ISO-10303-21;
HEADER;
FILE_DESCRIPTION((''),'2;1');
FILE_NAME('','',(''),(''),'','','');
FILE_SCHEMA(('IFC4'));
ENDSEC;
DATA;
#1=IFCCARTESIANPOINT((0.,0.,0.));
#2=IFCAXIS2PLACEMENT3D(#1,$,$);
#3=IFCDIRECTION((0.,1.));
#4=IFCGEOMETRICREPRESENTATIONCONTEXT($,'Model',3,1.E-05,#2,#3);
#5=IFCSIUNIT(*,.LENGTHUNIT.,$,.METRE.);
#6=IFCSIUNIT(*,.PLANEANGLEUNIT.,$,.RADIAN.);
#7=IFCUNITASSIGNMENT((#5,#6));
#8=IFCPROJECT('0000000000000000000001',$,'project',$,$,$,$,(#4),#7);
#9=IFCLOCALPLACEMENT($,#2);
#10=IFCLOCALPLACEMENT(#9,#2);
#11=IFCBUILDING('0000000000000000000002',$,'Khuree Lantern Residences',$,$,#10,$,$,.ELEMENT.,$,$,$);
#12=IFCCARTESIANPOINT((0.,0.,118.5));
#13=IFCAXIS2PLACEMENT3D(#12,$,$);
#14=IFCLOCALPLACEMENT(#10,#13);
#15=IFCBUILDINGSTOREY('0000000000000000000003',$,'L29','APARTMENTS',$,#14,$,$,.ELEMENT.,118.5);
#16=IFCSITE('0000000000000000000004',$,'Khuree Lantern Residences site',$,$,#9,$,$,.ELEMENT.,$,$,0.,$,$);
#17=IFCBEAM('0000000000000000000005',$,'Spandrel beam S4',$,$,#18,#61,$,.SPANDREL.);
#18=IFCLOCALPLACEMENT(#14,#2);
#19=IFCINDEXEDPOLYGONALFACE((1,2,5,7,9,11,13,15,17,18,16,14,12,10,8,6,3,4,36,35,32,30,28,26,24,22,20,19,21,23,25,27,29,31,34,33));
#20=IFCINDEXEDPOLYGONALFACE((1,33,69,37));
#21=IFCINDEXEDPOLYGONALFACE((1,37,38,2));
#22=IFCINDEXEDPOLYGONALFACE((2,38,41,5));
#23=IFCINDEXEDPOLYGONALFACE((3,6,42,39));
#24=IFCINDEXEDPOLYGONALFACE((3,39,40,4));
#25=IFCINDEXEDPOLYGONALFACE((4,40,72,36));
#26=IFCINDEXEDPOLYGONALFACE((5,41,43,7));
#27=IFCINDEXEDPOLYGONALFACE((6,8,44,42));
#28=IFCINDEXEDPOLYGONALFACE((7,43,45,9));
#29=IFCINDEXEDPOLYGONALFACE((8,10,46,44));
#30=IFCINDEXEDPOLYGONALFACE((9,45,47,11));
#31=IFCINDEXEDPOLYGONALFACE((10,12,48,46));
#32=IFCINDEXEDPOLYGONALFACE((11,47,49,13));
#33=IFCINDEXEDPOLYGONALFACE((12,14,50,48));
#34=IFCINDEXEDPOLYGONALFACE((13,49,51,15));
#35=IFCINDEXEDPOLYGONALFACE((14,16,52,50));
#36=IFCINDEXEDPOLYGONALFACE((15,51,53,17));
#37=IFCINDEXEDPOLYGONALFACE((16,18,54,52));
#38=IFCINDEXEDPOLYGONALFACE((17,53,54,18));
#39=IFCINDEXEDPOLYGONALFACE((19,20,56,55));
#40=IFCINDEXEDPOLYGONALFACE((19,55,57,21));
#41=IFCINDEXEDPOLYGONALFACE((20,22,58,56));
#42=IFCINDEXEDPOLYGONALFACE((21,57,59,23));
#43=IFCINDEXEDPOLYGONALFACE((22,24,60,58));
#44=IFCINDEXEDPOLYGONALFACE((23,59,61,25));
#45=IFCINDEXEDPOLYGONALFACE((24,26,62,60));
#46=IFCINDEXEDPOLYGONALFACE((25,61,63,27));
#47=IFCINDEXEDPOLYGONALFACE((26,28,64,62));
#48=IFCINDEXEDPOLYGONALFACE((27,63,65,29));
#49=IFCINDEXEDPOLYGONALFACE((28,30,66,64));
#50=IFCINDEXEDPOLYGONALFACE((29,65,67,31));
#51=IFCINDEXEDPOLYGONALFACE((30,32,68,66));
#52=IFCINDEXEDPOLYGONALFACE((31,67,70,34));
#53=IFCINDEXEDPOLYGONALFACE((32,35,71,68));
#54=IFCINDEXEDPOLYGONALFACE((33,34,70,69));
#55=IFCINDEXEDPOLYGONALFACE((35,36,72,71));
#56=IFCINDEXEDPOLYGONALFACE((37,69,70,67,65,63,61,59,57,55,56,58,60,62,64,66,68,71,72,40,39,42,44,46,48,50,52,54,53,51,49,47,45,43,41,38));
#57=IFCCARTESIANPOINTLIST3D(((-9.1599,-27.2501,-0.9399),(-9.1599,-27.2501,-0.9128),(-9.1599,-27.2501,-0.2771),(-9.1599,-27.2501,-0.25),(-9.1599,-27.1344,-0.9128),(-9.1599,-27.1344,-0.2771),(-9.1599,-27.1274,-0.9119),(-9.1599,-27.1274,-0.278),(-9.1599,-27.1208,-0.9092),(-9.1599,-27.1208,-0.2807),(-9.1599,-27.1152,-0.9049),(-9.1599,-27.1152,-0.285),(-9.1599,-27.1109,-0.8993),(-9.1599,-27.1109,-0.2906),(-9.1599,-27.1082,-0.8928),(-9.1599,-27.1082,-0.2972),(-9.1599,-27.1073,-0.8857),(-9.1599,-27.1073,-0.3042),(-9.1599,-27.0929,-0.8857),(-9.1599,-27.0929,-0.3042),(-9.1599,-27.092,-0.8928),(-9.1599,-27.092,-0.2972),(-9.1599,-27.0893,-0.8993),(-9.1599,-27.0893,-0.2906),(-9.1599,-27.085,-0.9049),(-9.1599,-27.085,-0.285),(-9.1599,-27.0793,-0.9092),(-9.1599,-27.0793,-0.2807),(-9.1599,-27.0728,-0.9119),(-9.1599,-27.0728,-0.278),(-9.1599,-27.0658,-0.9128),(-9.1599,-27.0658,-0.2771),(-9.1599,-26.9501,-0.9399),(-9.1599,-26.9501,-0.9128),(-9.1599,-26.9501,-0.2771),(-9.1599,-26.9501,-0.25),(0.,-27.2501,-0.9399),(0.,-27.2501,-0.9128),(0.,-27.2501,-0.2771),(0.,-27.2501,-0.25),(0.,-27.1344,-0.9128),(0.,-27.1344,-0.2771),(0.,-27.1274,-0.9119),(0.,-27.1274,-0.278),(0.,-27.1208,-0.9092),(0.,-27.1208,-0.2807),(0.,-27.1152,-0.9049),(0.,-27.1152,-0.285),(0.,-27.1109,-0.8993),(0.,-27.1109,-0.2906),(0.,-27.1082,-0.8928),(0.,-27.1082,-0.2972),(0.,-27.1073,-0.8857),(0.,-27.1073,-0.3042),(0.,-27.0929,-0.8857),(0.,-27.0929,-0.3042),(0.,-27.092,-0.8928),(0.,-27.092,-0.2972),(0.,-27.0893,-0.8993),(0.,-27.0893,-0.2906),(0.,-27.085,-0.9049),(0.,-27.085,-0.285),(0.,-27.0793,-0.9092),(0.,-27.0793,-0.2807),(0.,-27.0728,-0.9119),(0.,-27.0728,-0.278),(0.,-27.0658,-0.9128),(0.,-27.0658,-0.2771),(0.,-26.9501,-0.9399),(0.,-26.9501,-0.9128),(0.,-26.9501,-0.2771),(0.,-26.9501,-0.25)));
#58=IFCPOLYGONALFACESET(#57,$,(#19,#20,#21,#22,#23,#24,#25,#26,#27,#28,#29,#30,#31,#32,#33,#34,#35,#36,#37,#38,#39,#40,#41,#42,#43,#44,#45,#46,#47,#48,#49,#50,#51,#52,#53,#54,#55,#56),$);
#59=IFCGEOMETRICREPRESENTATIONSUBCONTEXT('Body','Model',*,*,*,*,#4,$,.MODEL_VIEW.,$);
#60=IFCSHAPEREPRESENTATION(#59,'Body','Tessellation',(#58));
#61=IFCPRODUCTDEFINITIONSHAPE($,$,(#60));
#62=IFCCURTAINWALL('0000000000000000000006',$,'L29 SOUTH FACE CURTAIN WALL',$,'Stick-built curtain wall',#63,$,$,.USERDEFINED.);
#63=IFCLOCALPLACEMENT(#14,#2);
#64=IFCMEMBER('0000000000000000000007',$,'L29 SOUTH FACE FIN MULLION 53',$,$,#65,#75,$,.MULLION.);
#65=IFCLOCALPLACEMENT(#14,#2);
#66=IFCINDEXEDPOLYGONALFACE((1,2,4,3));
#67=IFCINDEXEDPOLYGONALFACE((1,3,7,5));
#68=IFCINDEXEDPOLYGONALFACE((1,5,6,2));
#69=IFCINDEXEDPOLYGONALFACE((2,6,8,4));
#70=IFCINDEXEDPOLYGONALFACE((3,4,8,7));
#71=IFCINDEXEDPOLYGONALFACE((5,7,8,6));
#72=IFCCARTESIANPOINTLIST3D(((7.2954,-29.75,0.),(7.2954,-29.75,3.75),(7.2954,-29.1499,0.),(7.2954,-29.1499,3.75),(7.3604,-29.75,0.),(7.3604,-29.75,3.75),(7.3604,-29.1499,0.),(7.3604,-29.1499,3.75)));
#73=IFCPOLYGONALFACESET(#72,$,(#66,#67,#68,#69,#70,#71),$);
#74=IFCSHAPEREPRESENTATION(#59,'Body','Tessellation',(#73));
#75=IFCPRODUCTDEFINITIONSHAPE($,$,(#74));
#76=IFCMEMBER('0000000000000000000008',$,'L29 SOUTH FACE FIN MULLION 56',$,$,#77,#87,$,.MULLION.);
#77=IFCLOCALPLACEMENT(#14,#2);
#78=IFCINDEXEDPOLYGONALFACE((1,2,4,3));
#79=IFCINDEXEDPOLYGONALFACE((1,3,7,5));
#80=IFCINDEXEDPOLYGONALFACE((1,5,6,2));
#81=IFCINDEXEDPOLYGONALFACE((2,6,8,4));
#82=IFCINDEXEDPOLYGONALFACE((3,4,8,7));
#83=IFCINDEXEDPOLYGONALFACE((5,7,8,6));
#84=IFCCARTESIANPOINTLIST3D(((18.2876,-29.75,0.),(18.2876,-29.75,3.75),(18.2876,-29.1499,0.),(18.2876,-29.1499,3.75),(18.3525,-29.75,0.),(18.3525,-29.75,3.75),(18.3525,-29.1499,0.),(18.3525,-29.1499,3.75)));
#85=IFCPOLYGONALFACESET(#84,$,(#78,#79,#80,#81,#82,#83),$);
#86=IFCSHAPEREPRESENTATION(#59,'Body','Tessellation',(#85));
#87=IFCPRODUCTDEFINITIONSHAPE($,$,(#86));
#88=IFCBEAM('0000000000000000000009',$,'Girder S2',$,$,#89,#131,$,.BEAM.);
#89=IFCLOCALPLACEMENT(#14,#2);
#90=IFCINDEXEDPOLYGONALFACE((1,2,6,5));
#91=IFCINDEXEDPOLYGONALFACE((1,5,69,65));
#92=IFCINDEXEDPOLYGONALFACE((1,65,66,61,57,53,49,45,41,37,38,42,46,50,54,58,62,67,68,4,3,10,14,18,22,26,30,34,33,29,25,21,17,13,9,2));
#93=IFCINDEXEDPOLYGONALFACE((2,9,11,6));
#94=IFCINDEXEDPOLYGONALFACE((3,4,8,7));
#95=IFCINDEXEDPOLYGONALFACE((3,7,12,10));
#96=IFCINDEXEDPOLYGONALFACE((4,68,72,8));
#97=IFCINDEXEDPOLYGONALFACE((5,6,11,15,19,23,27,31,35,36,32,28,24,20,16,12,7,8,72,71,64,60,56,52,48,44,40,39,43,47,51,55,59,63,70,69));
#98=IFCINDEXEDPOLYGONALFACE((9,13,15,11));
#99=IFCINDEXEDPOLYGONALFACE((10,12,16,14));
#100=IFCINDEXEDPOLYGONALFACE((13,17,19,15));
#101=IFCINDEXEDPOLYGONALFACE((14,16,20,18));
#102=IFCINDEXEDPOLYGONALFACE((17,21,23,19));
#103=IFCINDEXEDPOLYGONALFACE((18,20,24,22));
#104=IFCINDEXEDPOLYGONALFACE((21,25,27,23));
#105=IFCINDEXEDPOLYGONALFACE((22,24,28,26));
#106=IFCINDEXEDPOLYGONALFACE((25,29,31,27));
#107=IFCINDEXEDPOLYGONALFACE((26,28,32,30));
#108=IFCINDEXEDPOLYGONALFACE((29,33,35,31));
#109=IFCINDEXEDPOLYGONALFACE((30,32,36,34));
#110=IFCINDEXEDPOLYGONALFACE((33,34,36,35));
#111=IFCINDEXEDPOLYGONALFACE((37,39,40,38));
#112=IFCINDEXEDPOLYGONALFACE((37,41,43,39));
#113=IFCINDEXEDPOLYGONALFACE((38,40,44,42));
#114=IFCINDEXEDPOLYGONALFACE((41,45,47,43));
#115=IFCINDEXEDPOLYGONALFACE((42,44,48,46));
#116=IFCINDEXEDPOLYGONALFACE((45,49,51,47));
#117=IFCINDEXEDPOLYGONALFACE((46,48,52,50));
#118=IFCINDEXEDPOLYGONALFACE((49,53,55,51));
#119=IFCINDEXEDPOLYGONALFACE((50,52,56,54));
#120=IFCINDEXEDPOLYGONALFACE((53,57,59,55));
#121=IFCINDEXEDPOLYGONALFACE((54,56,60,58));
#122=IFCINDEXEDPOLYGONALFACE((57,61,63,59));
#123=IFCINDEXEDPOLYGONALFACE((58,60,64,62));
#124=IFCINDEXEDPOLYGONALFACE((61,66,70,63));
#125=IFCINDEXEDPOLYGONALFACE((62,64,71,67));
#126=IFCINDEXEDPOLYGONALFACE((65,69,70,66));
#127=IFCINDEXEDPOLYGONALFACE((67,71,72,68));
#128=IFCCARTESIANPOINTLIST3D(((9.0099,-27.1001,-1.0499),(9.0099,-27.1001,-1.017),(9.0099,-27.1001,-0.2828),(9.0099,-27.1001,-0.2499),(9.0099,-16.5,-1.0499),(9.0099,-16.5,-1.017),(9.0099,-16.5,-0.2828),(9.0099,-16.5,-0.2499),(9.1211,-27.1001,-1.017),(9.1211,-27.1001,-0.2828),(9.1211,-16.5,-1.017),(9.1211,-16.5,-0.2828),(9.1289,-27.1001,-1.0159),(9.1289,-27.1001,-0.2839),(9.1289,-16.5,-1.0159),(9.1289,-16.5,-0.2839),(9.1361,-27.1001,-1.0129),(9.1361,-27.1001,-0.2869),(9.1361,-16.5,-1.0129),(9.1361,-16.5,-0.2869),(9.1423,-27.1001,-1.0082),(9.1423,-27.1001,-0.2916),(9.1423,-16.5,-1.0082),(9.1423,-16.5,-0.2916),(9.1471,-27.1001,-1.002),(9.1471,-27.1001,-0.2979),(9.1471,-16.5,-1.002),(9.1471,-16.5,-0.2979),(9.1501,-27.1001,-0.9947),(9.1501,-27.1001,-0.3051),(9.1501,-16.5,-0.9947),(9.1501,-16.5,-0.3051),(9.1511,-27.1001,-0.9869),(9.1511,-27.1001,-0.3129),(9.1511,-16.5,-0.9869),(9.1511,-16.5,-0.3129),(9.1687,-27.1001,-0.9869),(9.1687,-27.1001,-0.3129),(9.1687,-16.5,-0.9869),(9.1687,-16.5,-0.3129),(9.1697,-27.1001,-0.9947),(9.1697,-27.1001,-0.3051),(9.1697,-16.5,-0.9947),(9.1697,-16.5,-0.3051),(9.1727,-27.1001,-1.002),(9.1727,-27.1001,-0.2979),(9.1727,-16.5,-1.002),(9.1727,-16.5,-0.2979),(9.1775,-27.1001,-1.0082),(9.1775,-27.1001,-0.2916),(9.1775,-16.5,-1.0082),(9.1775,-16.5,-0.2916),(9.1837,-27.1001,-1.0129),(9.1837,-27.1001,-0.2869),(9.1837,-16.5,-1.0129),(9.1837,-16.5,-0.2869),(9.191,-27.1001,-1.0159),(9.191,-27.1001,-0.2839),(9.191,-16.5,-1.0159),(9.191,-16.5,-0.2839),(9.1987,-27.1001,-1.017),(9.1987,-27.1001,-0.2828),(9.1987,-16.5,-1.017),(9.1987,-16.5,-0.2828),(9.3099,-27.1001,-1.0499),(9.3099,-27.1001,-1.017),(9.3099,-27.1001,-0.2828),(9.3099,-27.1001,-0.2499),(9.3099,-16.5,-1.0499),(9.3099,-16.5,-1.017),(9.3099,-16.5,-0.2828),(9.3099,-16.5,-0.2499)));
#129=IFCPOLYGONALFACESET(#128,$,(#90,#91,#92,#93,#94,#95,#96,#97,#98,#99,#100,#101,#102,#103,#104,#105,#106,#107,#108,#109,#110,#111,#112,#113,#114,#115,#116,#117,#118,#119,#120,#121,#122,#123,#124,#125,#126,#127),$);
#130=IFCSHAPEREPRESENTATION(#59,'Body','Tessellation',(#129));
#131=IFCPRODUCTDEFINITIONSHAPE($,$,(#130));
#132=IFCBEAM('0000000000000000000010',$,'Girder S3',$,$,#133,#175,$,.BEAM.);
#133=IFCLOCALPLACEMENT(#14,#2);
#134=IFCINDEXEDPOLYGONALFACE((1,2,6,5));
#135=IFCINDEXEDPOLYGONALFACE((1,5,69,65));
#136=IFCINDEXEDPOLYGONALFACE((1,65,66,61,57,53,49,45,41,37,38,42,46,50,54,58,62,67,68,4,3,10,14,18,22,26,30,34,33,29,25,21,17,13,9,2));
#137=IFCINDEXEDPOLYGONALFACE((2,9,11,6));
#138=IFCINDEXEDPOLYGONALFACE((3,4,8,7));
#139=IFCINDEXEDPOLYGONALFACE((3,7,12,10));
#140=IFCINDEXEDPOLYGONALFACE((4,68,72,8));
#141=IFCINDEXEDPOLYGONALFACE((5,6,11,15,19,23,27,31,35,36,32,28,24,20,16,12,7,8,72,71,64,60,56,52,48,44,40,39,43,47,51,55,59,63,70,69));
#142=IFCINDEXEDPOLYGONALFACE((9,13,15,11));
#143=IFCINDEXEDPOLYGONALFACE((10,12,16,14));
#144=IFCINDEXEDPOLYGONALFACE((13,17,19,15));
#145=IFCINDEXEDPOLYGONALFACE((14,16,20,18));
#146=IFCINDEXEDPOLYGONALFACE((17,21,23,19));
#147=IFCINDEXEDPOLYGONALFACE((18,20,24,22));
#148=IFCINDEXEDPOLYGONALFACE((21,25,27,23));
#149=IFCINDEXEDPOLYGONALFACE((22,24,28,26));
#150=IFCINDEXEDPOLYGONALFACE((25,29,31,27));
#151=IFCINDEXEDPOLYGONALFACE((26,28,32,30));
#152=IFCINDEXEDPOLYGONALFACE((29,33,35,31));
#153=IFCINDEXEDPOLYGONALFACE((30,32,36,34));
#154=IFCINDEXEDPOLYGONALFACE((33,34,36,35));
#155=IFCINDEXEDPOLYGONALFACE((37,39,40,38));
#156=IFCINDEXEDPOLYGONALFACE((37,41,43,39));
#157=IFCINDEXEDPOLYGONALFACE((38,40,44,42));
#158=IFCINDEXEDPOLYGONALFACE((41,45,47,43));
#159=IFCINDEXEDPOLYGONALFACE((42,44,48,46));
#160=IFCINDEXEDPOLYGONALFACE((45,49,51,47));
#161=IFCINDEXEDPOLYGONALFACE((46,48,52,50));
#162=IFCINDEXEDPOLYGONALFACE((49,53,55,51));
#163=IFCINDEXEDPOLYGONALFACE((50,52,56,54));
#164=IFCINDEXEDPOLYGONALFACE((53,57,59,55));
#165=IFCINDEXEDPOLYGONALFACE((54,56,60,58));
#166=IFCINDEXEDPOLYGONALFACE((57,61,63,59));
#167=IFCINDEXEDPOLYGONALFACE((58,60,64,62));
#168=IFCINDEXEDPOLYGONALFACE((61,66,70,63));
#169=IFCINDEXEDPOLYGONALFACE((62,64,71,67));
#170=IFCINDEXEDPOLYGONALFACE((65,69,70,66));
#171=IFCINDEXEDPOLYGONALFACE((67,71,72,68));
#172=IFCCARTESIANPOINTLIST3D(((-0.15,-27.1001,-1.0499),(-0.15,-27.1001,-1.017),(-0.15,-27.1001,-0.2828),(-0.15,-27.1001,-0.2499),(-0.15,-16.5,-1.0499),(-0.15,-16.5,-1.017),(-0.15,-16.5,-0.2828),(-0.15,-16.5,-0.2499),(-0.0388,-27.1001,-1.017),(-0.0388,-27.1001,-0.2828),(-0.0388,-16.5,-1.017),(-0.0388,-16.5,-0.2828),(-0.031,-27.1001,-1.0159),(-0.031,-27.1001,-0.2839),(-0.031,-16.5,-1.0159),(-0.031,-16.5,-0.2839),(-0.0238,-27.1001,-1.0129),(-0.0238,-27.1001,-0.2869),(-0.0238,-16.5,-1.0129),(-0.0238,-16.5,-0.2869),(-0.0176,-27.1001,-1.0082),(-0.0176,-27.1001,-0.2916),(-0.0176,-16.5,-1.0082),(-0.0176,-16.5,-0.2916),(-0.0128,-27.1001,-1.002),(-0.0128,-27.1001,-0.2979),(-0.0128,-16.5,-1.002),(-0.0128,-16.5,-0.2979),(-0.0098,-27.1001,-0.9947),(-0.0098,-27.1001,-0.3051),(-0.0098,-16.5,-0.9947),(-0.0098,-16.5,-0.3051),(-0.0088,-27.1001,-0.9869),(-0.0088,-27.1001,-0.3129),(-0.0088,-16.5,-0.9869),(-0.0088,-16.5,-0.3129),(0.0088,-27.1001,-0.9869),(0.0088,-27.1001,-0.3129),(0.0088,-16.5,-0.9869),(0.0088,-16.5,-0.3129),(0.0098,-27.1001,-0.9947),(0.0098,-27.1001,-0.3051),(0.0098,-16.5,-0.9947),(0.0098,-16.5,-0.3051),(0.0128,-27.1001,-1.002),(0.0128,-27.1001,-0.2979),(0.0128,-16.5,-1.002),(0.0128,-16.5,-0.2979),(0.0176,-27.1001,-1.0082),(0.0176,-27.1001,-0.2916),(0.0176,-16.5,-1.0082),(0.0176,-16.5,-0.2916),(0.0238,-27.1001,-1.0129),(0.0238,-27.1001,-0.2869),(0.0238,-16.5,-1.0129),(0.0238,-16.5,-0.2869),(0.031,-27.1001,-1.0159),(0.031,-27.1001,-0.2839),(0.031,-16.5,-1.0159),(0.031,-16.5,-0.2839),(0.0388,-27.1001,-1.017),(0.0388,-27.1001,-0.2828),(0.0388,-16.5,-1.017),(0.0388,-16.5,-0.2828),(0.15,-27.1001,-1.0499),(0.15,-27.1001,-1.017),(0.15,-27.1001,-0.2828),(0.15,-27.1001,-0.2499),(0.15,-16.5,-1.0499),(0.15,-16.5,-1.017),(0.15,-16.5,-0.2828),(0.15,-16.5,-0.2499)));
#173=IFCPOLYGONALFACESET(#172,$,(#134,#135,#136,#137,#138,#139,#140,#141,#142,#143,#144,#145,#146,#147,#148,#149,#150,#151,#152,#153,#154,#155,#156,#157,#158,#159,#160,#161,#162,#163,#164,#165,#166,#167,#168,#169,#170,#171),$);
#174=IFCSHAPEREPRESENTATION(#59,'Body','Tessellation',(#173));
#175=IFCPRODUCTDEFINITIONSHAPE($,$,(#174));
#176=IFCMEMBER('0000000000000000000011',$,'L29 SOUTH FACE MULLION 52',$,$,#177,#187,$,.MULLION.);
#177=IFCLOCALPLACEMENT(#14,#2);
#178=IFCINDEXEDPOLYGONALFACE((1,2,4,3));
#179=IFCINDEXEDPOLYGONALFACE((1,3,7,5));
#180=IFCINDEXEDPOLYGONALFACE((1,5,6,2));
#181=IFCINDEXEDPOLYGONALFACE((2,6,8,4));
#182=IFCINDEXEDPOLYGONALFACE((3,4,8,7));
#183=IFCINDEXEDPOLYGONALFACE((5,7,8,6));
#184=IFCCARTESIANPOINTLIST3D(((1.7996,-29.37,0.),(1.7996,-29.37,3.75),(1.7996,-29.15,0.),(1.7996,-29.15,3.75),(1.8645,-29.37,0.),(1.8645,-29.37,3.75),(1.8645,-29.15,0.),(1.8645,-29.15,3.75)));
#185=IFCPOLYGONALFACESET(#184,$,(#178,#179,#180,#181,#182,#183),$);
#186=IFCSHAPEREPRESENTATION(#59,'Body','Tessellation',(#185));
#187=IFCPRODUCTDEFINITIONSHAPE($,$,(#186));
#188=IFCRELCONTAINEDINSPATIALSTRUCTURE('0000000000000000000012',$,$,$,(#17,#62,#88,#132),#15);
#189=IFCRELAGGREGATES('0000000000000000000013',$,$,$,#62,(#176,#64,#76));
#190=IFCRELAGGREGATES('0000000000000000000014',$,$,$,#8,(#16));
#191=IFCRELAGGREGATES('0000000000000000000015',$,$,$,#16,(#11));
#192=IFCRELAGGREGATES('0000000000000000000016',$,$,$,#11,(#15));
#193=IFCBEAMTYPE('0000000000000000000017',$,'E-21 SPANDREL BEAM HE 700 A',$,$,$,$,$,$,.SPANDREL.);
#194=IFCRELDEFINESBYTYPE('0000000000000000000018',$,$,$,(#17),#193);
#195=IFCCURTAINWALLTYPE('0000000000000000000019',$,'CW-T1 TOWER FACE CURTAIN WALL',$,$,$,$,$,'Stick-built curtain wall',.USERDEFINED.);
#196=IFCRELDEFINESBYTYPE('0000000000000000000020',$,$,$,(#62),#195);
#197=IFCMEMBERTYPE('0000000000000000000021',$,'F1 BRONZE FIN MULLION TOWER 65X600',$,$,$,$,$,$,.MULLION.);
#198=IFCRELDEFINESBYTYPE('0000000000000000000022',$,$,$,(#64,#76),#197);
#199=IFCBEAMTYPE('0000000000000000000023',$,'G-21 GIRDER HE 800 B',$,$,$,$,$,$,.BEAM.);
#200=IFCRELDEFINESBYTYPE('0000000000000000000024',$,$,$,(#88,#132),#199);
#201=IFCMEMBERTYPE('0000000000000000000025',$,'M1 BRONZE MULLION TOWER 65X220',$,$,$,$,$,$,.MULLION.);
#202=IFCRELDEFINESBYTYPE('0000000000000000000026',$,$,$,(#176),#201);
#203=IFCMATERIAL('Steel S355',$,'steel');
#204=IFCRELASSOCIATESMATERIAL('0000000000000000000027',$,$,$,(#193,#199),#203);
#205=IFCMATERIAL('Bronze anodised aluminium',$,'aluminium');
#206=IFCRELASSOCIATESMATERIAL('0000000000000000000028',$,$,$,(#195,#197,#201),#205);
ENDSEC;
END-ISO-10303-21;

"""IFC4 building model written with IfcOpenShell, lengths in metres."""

from ifc_helpers import new_model, si_unit, direction, frame, origin, origin_2d, place, context, subcontext, project, spatial, rectangle, i_section, extrude, material, material_profile, profile_set, type_object, element, aggregate, save


model = new_model("IFC4")

# Units and contexts
model_context = context("Model", 3, precision=1e-05, world=origin(), true_north=direction((0.0, 1.0)))
body_context = subcontext(model_context, "Body", "Model", "MODEL_VIEW")
ifc_project = project(units=[si_unit("LENGTHUNIT", "METRE"), si_unit("PLANEANGLEUNIT", "RADIAN")], contexts=[model_context])

# Site, building, storey
site_placement = place(None, origin())
site = spatial("IfcSite", under=ifc_project, at=site_placement, Name="Khuree Lantern Residences site", CompositionType="ELEMENT", RefElevation=0.0)
building_placement = place(site_placement, origin())
building = spatial("IfcBuilding", under=site, at=building_placement, Name="Khuree Lantern Residences", CompositionType="ELEMENT")
storey_placement = place(building_placement, frame((0.0, 0.0, 118.5)))
storey = spatial("IfcBuildingStorey", under=building, at=storey_placement, Name="L29", Description="APARTMENTS", CompositionType="ELEMENT", Elevation=118.5)

# Beam
ifc_material_1 = material(Name="Steel S355", Category="steel")
ifc_material_profile_1 = material_profile(ifc_material_1, i_section(OverallWidth=0.3, OverallDepth=0.6899, WebThickness=0.0144, FlangeThickness=0.0271, FilletRadius=0.0271, at=origin_2d()), Name="HE 700 A")
ifc_profile_set_1 = profile_set([ifc_material_profile_1], Name="Steel S355")
beam_type_1 = type_object("IfcBeamType", Name="E-21 SPANDREL BEAM HE 700 A", PredefinedType="SPANDREL", material=ifc_profile_set_1)
for number, where, z_axis, x_axis, name in (
    (1, (0.0, -27.1001, -0.595), (-1.0, 0.0, 0.0), (0.0, -1.0, 0.0), "Spandrel beam S4"),
):
    element("IfcBeam", number, at=place(storey_placement, frame(where, z_axis=z_axis, x_axis=x_axis)), inside=storey, type_object=beam_type_1, Name=name, PredefinedType="SPANDREL", context=body_context, shape_type="SweptSolid", body=[
        extrude(i_section(OverallWidth=0.3, OverallDepth=0.6899, WebThickness=0.0144, FlangeThickness=0.0271, FilletRadius=0.0271, at=origin_2d()), origin(), (0.0, 0.0, 1.0), 9.1599),
    ])

# Curtain wall, members
ifc_material_2 = material(Name="Bronze anodised aluminium", Category="aluminium")
curtain_wall_type = type_object("IfcCurtainWallType", Name="CW-T1 TOWER FACE CURTAIN WALL", ElementType="Stick-built curtain wall", PredefinedType="USERDEFINED", material=ifc_material_2)
curtain_wall_placement = place(storey_placement, origin())
curtain_wall = element("IfcCurtainWall", 2, at=curtain_wall_placement, inside=storey, type_object=curtain_wall_type, Name="L29 SOUTH FACE CURTAIN WALL", ObjectType="Stick-built curtain wall", PredefinedType="USERDEFINED")
ifc_material_profile_2 = material_profile(ifc_material_2, rectangle(XDim=0.0649, YDim=0.6001, at=origin_2d()), Name="F1 65X600")
ifc_profile_set_2 = profile_set([ifc_material_profile_2], Name="Bronze anodised aluminium")
member_type_1 = type_object("IfcMemberType", Name="F1 BRONZE FIN MULLION TOWER 65X600", PredefinedType="MULLION", material=ifc_profile_set_2)
member_1_placement = place(storey_placement, frame((7.3279, -29.45, 0.0), z_axis=(0.0, 0.0, 1.0), x_axis=(1.0, 0.0, 0.0)))
member_1 = element("IfcMember", 3, at=member_1_placement, type_object=member_type_1, Name="L29 SOUTH FACE FIN MULLION 53", PredefinedType="MULLION", context=body_context, shape_type="SweptSolid", body=[
    extrude(rectangle(XDim=0.0649, YDim=0.6001, at=origin_2d()), origin(), (0.0, 0.0, 1.0), 3.75),
])
member_2_placement = place(storey_placement, frame((18.3201, -29.45, 0.0), z_axis=(0.0, 0.0, 1.0), x_axis=(1.0, 0.0, 0.0)))
member_2 = element("IfcMember", 4, at=member_2_placement, type_object=member_type_1, Name="L29 SOUTH FACE FIN MULLION 56", PredefinedType="MULLION", context=body_context, shape_type="SweptSolid", body=[
    extrude(rectangle(XDim=0.0649, YDim=0.6001, at=origin_2d()), origin(), (0.0, 0.0, 1.0), 3.75),
])

# Beams
ifc_material_profile_3 = material_profile(ifc_material_1, i_section(OverallWidth=0.3, OverallDepth=0.8, WebThickness=0.0176, FlangeThickness=0.033, FilletRadius=0.03, at=origin_2d()), Name="HE 800 B")
ifc_profile_set_3 = profile_set([ifc_material_profile_3], Name="Steel S355")
beam_type_2 = type_object("IfcBeamType", Name="G-21 GIRDER HE 800 B", PredefinedType="BEAM", material=ifc_profile_set_3)
for number, where, z_axis, x_axis, name in (
    (5, (9.1599, -27.1001, -0.6499), (0.0, 1.0, 0.0), (-1.0, 0.0, 0.0), "Girder S2"),
    (6, (0.0, -27.1001, -0.6499), (0.0, 1.0, 0.0), (-1.0, 0.0, 0.0), "Girder S3"),
):
    element("IfcBeam", number, at=place(storey_placement, frame(where, z_axis=z_axis, x_axis=x_axis)), inside=storey, type_object=beam_type_2, Name=name, PredefinedType="BEAM", context=body_context, shape_type="SweptSolid", body=[
        extrude(i_section(OverallWidth=0.3, OverallDepth=0.8, WebThickness=0.0176, FlangeThickness=0.033, FilletRadius=0.03, at=origin_2d()), origin(), (0.0, 0.0, 1.0), 10.6001),
    ])

# Member
ifc_material_profile_4 = material_profile(ifc_material_2, rectangle(XDim=0.0649, YDim=0.22, at=origin_2d()), Name="M1 65X220")
ifc_profile_set_4 = profile_set([ifc_material_profile_4], Name="Bronze anodised aluminium")
member_type_2 = type_object("IfcMemberType", Name="M1 BRONZE MULLION TOWER 65X220", PredefinedType="MULLION", material=ifc_profile_set_4)
member_3_placement = place(storey_placement, frame((1.832, -29.26, 0.0), z_axis=(0.0, 0.0, 1.0), x_axis=(1.0, 0.0, 0.0)))
member_3 = element("IfcMember", 7, at=member_3_placement, type_object=member_type_2, Name="L29 SOUTH FACE MULLION 52", PredefinedType="MULLION", context=body_context, shape_type="SweptSolid", body=[
    extrude(rectangle(XDim=0.0649, YDim=0.22, at=origin_2d()), origin(), (0.0, 0.0, 1.0), 3.75),
])

aggregate(curtain_wall, [member_3, member_1, member_2])

save(model, "model.ifc")
